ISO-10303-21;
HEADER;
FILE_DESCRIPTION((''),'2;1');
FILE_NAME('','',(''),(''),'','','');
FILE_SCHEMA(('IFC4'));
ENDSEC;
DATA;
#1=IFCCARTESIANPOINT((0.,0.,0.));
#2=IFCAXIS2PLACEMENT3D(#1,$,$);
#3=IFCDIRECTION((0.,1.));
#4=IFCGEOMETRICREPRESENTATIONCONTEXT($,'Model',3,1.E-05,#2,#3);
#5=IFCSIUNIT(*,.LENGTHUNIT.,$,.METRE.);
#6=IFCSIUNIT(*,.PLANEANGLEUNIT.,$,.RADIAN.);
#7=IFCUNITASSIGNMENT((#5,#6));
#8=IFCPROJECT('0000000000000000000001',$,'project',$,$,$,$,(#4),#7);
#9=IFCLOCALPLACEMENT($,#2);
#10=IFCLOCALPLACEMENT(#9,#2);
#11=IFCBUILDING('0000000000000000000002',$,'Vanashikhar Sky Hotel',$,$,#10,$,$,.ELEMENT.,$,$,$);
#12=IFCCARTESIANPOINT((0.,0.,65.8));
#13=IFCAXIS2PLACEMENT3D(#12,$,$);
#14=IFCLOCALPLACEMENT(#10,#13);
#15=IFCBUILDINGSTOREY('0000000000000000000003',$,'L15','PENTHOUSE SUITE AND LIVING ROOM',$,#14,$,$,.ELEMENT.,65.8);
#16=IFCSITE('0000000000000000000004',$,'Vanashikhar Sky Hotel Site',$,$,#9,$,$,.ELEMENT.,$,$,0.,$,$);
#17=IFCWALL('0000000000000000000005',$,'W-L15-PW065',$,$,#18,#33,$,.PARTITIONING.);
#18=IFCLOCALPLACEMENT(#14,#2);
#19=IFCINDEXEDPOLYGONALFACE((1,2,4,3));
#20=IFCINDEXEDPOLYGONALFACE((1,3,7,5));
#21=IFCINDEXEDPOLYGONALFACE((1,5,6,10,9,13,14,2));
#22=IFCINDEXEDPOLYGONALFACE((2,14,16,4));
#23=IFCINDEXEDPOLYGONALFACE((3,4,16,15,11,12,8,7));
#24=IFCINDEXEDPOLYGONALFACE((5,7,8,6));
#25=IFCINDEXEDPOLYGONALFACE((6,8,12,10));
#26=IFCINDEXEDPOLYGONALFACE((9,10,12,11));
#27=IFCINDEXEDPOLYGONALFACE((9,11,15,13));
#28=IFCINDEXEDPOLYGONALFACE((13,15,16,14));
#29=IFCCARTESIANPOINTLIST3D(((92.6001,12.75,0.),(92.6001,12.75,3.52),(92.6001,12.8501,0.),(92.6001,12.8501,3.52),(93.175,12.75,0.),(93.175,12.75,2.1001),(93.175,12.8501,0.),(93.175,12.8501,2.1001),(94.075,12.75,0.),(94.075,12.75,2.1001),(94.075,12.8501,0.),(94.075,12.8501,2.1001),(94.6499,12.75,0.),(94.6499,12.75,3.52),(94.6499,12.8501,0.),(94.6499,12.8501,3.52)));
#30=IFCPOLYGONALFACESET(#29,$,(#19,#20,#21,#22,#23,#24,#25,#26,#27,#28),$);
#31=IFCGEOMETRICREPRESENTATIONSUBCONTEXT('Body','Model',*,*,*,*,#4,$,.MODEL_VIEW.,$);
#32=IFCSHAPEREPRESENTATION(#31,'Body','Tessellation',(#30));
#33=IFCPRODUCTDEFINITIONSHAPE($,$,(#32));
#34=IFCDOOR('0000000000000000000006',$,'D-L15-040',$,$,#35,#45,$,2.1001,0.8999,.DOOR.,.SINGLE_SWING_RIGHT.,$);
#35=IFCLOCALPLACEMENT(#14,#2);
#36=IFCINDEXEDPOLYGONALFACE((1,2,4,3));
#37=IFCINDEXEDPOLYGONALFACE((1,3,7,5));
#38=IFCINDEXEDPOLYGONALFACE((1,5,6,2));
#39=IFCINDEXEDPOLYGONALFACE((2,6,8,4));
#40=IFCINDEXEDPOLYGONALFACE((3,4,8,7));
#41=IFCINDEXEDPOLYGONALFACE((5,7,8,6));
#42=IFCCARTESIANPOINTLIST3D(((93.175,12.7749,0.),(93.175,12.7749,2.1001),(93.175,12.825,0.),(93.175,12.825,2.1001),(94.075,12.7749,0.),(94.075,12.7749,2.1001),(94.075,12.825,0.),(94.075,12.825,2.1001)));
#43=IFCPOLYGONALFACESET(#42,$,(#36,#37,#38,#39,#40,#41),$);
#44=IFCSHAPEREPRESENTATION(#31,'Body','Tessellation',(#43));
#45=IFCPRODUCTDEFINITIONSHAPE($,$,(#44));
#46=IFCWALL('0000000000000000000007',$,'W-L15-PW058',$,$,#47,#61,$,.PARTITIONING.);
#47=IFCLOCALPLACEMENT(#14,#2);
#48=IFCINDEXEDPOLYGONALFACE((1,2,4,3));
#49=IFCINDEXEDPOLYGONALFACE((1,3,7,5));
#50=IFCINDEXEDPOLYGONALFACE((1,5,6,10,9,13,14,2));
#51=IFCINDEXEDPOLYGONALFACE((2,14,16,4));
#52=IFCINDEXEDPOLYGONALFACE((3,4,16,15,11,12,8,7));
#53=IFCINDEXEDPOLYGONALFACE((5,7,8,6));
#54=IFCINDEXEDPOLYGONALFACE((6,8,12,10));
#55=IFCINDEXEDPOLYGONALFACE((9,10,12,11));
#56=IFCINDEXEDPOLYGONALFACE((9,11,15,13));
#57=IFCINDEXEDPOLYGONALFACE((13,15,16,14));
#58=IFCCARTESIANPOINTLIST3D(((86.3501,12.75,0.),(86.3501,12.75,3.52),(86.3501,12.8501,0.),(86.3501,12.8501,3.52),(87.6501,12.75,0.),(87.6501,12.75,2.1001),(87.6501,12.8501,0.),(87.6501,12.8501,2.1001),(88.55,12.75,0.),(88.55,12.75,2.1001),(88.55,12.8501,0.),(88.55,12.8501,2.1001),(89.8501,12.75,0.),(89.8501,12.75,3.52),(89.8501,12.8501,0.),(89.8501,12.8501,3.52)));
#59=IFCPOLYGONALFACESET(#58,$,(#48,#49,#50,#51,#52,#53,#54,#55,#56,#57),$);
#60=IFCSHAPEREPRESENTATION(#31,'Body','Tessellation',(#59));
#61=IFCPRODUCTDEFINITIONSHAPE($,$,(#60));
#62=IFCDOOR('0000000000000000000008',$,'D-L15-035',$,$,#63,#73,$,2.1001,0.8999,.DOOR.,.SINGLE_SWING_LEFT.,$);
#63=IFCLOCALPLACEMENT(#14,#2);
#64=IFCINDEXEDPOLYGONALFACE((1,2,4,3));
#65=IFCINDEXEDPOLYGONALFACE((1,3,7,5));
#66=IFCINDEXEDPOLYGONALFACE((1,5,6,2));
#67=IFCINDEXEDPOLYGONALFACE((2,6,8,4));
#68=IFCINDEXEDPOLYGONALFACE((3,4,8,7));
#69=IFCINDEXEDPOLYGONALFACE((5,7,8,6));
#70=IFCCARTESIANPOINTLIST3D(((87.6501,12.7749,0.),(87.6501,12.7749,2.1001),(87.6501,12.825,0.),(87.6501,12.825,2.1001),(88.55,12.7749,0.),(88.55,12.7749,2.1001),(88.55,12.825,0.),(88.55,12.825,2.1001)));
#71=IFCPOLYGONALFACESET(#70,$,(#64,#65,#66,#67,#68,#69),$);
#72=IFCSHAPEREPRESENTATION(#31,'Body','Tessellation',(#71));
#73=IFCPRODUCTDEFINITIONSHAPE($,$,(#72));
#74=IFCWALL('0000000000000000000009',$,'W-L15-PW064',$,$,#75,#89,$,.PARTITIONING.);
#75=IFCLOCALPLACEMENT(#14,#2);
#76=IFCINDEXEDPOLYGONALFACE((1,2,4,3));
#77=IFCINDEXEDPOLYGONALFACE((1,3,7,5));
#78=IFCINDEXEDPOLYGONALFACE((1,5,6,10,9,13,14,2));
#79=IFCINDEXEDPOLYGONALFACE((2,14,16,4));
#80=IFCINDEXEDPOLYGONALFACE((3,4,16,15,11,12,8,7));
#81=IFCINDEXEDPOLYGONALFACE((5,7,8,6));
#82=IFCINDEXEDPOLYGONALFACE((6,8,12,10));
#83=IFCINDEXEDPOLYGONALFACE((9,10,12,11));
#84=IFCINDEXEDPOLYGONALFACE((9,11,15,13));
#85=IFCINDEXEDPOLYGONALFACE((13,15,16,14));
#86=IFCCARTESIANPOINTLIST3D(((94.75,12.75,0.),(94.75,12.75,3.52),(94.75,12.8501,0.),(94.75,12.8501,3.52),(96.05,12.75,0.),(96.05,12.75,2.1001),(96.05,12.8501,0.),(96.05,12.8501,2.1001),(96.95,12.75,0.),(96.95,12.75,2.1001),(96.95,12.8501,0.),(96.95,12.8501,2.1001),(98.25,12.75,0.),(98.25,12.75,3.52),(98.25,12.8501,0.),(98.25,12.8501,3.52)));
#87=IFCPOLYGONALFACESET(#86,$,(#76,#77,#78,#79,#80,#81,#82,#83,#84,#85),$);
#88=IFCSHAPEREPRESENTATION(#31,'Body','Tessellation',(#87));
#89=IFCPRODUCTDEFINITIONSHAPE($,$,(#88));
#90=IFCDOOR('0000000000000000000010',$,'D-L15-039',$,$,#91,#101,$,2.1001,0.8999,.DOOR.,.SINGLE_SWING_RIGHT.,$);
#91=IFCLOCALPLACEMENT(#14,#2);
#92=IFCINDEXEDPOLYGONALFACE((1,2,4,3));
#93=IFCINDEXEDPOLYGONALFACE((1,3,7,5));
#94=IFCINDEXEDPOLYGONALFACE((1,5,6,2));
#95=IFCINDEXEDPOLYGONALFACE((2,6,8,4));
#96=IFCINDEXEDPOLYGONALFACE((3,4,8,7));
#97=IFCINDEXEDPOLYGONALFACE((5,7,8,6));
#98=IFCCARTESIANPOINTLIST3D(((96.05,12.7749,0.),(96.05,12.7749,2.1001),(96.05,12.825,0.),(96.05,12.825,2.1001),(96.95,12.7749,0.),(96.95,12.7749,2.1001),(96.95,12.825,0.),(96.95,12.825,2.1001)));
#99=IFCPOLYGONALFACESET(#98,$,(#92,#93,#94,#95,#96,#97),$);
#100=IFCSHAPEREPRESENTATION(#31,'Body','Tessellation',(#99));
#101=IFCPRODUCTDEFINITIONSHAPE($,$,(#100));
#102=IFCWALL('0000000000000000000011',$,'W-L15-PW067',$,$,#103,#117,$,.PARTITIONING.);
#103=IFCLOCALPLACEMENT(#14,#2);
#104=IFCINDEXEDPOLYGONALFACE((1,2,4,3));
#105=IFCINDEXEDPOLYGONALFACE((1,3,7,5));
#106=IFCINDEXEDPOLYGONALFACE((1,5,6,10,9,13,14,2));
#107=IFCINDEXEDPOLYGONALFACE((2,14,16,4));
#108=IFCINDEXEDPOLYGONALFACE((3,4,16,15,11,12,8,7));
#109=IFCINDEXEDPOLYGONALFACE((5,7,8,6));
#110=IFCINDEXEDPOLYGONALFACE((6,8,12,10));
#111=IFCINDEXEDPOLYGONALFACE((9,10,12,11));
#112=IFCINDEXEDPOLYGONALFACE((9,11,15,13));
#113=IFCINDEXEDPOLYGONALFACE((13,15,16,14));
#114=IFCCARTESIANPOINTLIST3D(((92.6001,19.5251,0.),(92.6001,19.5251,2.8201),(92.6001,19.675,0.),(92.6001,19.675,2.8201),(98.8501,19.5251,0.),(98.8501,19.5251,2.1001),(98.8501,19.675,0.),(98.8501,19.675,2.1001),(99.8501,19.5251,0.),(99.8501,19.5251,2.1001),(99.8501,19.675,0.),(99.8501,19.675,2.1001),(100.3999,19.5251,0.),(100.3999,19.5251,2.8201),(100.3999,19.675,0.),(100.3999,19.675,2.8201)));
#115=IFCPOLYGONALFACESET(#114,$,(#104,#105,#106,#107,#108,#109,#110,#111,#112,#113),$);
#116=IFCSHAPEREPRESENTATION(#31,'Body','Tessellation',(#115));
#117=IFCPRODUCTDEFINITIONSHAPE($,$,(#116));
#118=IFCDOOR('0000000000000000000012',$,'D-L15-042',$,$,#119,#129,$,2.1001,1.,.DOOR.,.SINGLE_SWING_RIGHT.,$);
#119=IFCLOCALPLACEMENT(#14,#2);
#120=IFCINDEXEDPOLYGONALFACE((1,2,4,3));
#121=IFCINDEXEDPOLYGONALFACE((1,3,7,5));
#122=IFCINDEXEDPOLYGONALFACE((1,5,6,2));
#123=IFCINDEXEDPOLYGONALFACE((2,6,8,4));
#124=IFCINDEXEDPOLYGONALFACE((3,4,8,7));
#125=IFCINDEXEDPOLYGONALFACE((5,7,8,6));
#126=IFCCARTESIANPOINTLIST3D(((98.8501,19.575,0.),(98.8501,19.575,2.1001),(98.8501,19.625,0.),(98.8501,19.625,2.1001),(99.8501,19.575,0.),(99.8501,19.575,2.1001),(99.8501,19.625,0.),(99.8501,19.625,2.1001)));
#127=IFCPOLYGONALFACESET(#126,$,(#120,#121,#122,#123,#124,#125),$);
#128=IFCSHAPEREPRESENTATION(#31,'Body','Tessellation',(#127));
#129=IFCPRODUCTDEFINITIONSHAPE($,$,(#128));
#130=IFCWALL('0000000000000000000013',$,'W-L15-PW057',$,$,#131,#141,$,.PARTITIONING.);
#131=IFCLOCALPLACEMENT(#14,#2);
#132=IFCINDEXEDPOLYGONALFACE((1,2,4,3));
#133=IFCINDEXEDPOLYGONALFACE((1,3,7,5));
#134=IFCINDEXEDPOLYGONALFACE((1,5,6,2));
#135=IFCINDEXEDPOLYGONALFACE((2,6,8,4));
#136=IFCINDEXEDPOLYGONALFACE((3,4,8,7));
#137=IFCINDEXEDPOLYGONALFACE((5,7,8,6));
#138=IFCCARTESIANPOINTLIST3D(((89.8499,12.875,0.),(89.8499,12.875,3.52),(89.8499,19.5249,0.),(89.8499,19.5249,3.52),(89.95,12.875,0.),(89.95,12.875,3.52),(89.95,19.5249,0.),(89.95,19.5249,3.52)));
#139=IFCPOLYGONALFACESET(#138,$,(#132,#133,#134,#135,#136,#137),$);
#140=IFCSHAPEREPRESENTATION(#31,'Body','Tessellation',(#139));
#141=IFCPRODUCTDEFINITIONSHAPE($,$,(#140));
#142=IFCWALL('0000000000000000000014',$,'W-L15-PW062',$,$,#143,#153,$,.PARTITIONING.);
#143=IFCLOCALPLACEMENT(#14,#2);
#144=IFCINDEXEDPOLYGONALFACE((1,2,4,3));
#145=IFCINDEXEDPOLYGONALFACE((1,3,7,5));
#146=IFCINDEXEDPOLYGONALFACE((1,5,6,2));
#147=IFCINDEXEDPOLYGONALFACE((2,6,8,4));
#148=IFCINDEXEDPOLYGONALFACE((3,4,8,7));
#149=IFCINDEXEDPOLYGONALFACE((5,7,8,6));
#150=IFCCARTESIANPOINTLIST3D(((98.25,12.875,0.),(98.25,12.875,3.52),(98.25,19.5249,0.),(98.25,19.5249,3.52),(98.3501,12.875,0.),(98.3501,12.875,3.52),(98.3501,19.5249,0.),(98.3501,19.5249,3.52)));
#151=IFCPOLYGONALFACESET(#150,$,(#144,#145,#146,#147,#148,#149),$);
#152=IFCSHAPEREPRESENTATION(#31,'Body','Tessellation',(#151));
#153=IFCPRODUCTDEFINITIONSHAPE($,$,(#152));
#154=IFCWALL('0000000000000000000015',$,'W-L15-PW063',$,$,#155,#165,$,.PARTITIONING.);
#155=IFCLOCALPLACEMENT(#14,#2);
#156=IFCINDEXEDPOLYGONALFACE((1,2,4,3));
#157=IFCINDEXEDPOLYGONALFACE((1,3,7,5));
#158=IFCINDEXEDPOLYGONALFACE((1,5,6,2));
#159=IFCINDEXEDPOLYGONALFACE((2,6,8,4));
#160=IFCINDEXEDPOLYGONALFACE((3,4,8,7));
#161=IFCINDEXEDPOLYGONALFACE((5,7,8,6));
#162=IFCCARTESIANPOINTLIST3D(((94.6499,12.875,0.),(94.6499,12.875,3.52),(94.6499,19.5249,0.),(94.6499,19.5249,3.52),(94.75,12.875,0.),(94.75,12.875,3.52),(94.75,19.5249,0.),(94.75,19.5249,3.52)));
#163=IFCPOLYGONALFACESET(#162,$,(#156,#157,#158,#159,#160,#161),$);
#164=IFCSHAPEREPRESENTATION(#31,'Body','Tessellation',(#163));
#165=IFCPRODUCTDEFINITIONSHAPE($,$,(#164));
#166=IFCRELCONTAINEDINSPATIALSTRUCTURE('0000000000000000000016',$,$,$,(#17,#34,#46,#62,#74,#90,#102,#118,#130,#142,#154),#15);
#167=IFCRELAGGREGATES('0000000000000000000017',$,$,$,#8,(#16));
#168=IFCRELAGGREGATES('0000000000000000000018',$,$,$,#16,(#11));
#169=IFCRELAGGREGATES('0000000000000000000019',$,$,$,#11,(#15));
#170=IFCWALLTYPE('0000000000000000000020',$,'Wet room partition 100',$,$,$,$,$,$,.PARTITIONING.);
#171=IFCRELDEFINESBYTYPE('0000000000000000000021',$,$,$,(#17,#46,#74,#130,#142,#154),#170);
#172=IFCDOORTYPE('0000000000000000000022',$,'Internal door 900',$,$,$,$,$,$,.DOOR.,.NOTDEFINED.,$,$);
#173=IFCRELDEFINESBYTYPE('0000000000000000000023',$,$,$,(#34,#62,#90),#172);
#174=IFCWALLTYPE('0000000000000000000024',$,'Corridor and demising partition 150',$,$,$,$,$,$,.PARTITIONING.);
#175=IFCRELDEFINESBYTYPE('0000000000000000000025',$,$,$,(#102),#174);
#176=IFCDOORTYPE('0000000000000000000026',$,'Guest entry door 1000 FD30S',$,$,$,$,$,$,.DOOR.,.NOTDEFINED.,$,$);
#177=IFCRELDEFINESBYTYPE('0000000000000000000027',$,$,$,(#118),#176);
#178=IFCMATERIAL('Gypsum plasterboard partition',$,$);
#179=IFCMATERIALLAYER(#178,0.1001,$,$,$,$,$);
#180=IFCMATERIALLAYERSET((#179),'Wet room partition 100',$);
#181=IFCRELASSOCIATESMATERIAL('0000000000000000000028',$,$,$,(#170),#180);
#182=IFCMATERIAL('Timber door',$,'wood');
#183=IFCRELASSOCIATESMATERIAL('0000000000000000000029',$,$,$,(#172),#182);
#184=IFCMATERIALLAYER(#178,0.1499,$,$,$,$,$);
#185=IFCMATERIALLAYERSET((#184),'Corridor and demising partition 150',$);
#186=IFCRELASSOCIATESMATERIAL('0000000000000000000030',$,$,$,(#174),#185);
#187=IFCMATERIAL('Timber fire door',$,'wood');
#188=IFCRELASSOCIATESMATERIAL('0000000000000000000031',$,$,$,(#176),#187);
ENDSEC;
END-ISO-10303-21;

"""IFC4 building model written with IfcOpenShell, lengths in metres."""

from ifc_helpers import new_model, si_unit, direction, frame, frame_2d, origin, place, context, subcontext, project, spatial, rectangle, extrude, source, transform, mapped, material, layer, layer_set, type_object, element, fill, save


model = new_model("IFC4")

# Units and contexts
model_context = context("Model", 3, precision=1e-05, world=origin(), true_north=direction((0.0, 1.0)))
body_context = subcontext(model_context, "Body", "Model", "MODEL_VIEW")
ifc_project = project(units=[si_unit("LENGTHUNIT", "METRE"), si_unit("PLANEANGLEUNIT", "RADIAN")], contexts=[model_context])

# Site, building, storey
site_placement = place(None, origin())
site = spatial("IfcSite", under=ifc_project, at=site_placement, Name="Vanashikhar Sky Hotel Site", CompositionType="ELEMENT", RefElevation=0.0)
building_placement = place(site_placement, origin())
building = spatial("IfcBuilding", under=site, at=building_placement, Name="Vanashikhar Sky Hotel", CompositionType="ELEMENT")
storey_placement = place(building_placement, frame((0.0, 0.0, 65.8)))
storey = spatial("IfcBuildingStorey", under=building, at=storey_placement, Name="L15", Description="PENTHOUSE SUITE AND LIVING ROOM", CompositionType="ELEMENT", Elevation=65.8)

# Walls, openings, doors
ifc_material_1 = material(Name="Gypsum plasterboard partition")
ifc_layer_1 = layer(ifc_material_1, 0.1001)
ifc_layer_set_1 = layer_set([ifc_layer_1], Name="Wet room partition 100")
wall_type_1 = type_object("IfcWallType", Name="Wet room partition 100", PredefinedType="PARTITIONING", material=ifc_layer_set_1)
shared_shape_1 = source(origin(), body_context, "Body", "SweptSolid", [
    extrude(rectangle(XDim=2.0498, YDim=0.1001, at=frame_2d((1.0249, 0.0))), origin(), (0.0, 0.0, 1.0), 3.52),
])
wall_1_placement = place(storey_placement, frame((92.6001, 12.8, 0.0), z_axis=(0.0, 0.0, 1.0), x_axis=(1.0, 0.0, 0.0)))
wall_1 = element("IfcWall", 1, at=wall_1_placement, inside=storey, type_object=wall_type_1, Name="W-L15-PW065", PredefinedType="PARTITIONING", context=body_context, shape_type="MappedRepresentation", body=[
    mapped(shared_shape_1, transform((0.0, 0.0, 0.0), scale=1.0)),
])
shared_shape_2 = source(origin(), body_context, "Body", "SweptSolid", [
    extrude(rectangle(XDim=0.8999, YDim=2.1001, at=frame_2d((0.45, 1.05))), frame((0.0, 0.0601, 0.0), z_axis=(0.0, -1.0, 0.0), x_axis=(1.0, 0.0, 0.0)), (0.0, 0.0, 1.0), 0.1201),
])
opening_1_placement = place(wall_1_placement, frame((0.575, 0.0, 0.0)))
opening_1 = element("IfcOpeningElement", 2, at=opening_1_placement, cuts=wall_1, PredefinedType="OPENING", context=body_context, shape_type="MappedRepresentation", body=[
    mapped(shared_shape_2, transform((0.0, 0.0, 0.0), scale=1.0)),
])
ifc_material_2 = material(Name="Timber door", Category="wood")
door_type_1 = type_object("IfcDoorType", Name="Internal door 900", OperationType="NOTDEFINED", PredefinedType="DOOR", material=ifc_material_2)
shared_shape_3 = source(origin(), body_context, "Body", "SweptSolid", [
    extrude(rectangle(XDim=0.8999, YDim=2.1001, at=frame_2d((0.45, 1.05))), frame((0.0, 0.0249, 0.0), z_axis=(0.0, -1.0, 0.0), x_axis=(1.0, 0.0, 0.0)), (0.0, 0.0, 1.0), 0.05),
])
door_1_placement = place(opening_1_placement, origin())
door_1 = element("IfcDoor", 3, at=door_1_placement, inside=storey, type_object=door_type_1, Name="D-L15-040", OperationType="SINGLE_SWING_RIGHT", OverallHeight=2.1001, OverallWidth=0.8999, PredefinedType="DOOR", context=body_context, shape_type="MappedRepresentation", body=[
    mapped(shared_shape_3, transform((0.0, 0.0, 0.0), scale=1.0)),
])
fill(opening_1, door_1)
shared_shape_4 = source(origin(), body_context, "Body", "SweptSolid", [
    extrude(rectangle(XDim=3.5, YDim=0.1001, at=frame_2d((1.75, 0.0))), origin(), (0.0, 0.0, 1.0), 3.52),
])
wall_2_placement = place(storey_placement, frame((86.3501, 12.8, 0.0), z_axis=(0.0, 0.0, 1.0), x_axis=(1.0, 0.0, 0.0)))
wall_2 = element("IfcWall", 4, at=wall_2_placement, inside=storey, type_object=wall_type_1, Name="W-L15-PW058", PredefinedType="PARTITIONING", context=body_context, shape_type="MappedRepresentation", body=[
    mapped(shared_shape_4, transform((0.0, 0.0, 0.0), scale=1.0)),
])
opening_2_placement = place(wall_2_placement, frame((1.3, 0.0, 0.0)))
opening_2 = element("IfcOpeningElement", 5, at=opening_2_placement, cuts=wall_2, PredefinedType="OPENING", context=body_context, shape_type="MappedRepresentation", body=[
    mapped(shared_shape_2, transform((0.0, 0.0, 0.0), scale=1.0)),
])
door_2_placement = place(opening_2_placement, origin())
door_2 = element("IfcDoor", 6, at=door_2_placement, inside=storey, type_object=door_type_1, Name="D-L15-035", OperationType="SINGLE_SWING_LEFT", OverallHeight=2.1001, OverallWidth=0.8999, PredefinedType="DOOR", context=body_context, shape_type="MappedRepresentation", body=[
    mapped(shared_shape_3, transform((0.0, 0.0, 0.0), scale=1.0)),
])
fill(opening_2, door_2)
wall_3_placement = place(storey_placement, frame((94.75, 12.8, 0.0), z_axis=(0.0, 0.0, 1.0), x_axis=(1.0, 0.0, 0.0)))
wall_3 = element("IfcWall", 7, at=wall_3_placement, inside=storey, type_object=wall_type_1, Name="W-L15-PW064", PredefinedType="PARTITIONING", context=body_context, shape_type="MappedRepresentation", body=[
    mapped(shared_shape_4, transform((0.0, 0.0, 0.0), scale=1.0)),
])
opening_3_placement = place(wall_3_placement, frame((1.3, 0.0, 0.0)))
opening_3 = element("IfcOpeningElement", 8, at=opening_3_placement, cuts=wall_3, PredefinedType="OPENING", context=body_context, shape_type="MappedRepresentation", body=[
    mapped(shared_shape_2, transform((0.0, 0.0, 0.0), scale=1.0)),
])
door_3_placement = place(opening_3_placement, origin())
door_3 = element("IfcDoor", 9, at=door_3_placement, inside=storey, type_object=door_type_1, Name="D-L15-039", OperationType="SINGLE_SWING_RIGHT", OverallHeight=2.1001, OverallWidth=0.8999, PredefinedType="DOOR", context=body_context, shape_type="MappedRepresentation", body=[
    mapped(shared_shape_3, transform((0.0, 0.0, 0.0), scale=1.0)),
])
fill(opening_3, door_3)
ifc_layer_2 = layer(ifc_material_1, 0.1499)
ifc_layer_set_2 = layer_set([ifc_layer_2], Name="Corridor and demising partition 150")
wall_type_2 = type_object("IfcWallType", Name="Corridor and demising partition 150", PredefinedType="PARTITIONING", material=ifc_layer_set_2)
shared_shape_5 = source(origin(), body_context, "Body", "SweptSolid", [
    extrude(rectangle(XDim=7.7998, YDim=0.1499, at=frame_2d((3.8999, 0.0))), origin(), (0.0, 0.0, 1.0), 2.8201),
])
wall_4_placement = place(storey_placement, frame((92.6001, 19.6001, 0.0), z_axis=(0.0, 0.0, 1.0), x_axis=(1.0, 0.0, 0.0)))
wall_4 = element("IfcWall", 10, at=wall_4_placement, inside=storey, type_object=wall_type_2, Name="W-L15-PW067", PredefinedType="PARTITIONING", context=body_context, shape_type="MappedRepresentation", body=[
    mapped(shared_shape_5, transform((0.0, 0.0, 0.0), scale=1.0)),
])
shared_shape_6 = source(origin(), body_context, "Body", "SweptSolid", [
    extrude(rectangle(XDim=1.0, YDim=2.1001, at=frame_2d((0.5, 1.05))), frame((0.0, 0.085, 0.0), z_axis=(0.0, -1.0, 0.0), x_axis=(1.0, 0.0, 0.0)), (0.0, 0.0, 1.0), 0.1699),
])
opening_4_placement = place(wall_4_placement, frame((6.25, 0.0, 0.0)))
opening_4 = element("IfcOpeningElement", 11, at=opening_4_placement, cuts=wall_4, PredefinedType="OPENING", context=body_context, shape_type="MappedRepresentation", body=[
    mapped(shared_shape_6, transform((0.0, 0.0, 0.0), scale=1.0)),
])
ifc_material_3 = material(Name="Timber fire door", Category="wood")
door_type_2 = type_object("IfcDoorType", Name="Guest entry door 1000 FD30S", OperationType="NOTDEFINED", PredefinedType="DOOR", material=ifc_material_3)
shared_shape_7 = source(origin(), body_context, "Body", "SweptSolid", [
    extrude(rectangle(XDim=1.0, YDim=2.1001, at=frame_2d((0.5, 1.05))), frame((0.0, 0.0249, 0.0), z_axis=(0.0, -1.0, 0.0), x_axis=(1.0, 0.0, 0.0)), (0.0, 0.0, 1.0), 0.05),
])
door_4_placement = place(opening_4_placement, origin())
door_4 = element("IfcDoor", 12, at=door_4_placement, inside=storey, type_object=door_type_2, Name="D-L15-042", OperationType="SINGLE_SWING_RIGHT", OverallHeight=2.1001, OverallWidth=1.0, PredefinedType="DOOR", context=body_context, shape_type="MappedRepresentation", body=[
    mapped(shared_shape_7, transform((0.0, 0.0, 0.0), scale=1.0)),
])
fill(opening_4, door_4)

# Walls
shared_shape_8 = source(origin(), body_context, "Body", "SweptSolid", [
    extrude(rectangle(XDim=6.6499, YDim=0.1001, at=frame_2d((3.325, 0.0))), origin(), (0.0, 0.0, 1.0), 3.52),
])
for number, where, z_axis, x_axis, name in (
    (13, (89.8999, 12.875, 0.0), (0.0, 0.0, 1.0), (0.0, 1.0, 0.0), "W-L15-PW057"),
    (14, (98.3, 12.875, 0.0), (0.0, 0.0, 1.0), (0.0, 1.0, 0.0), "W-L15-PW062"),
    (15, (94.7, 12.875, 0.0), (0.0, 0.0, 1.0), (0.0, 1.0, 0.0), "W-L15-PW063"),
):
    element("IfcWall", number, at=place(storey_placement, frame(where, z_axis=z_axis, x_axis=x_axis)), inside=storey, type_object=wall_type_1, Name=name, PredefinedType="PARTITIONING", context=body_context, shape_type="MappedRepresentation", body=[
        mapped(shared_shape_8, transform((0.0, 0.0, 0.0), scale=1.0)),
    ])

save(model, "model.ifc")
